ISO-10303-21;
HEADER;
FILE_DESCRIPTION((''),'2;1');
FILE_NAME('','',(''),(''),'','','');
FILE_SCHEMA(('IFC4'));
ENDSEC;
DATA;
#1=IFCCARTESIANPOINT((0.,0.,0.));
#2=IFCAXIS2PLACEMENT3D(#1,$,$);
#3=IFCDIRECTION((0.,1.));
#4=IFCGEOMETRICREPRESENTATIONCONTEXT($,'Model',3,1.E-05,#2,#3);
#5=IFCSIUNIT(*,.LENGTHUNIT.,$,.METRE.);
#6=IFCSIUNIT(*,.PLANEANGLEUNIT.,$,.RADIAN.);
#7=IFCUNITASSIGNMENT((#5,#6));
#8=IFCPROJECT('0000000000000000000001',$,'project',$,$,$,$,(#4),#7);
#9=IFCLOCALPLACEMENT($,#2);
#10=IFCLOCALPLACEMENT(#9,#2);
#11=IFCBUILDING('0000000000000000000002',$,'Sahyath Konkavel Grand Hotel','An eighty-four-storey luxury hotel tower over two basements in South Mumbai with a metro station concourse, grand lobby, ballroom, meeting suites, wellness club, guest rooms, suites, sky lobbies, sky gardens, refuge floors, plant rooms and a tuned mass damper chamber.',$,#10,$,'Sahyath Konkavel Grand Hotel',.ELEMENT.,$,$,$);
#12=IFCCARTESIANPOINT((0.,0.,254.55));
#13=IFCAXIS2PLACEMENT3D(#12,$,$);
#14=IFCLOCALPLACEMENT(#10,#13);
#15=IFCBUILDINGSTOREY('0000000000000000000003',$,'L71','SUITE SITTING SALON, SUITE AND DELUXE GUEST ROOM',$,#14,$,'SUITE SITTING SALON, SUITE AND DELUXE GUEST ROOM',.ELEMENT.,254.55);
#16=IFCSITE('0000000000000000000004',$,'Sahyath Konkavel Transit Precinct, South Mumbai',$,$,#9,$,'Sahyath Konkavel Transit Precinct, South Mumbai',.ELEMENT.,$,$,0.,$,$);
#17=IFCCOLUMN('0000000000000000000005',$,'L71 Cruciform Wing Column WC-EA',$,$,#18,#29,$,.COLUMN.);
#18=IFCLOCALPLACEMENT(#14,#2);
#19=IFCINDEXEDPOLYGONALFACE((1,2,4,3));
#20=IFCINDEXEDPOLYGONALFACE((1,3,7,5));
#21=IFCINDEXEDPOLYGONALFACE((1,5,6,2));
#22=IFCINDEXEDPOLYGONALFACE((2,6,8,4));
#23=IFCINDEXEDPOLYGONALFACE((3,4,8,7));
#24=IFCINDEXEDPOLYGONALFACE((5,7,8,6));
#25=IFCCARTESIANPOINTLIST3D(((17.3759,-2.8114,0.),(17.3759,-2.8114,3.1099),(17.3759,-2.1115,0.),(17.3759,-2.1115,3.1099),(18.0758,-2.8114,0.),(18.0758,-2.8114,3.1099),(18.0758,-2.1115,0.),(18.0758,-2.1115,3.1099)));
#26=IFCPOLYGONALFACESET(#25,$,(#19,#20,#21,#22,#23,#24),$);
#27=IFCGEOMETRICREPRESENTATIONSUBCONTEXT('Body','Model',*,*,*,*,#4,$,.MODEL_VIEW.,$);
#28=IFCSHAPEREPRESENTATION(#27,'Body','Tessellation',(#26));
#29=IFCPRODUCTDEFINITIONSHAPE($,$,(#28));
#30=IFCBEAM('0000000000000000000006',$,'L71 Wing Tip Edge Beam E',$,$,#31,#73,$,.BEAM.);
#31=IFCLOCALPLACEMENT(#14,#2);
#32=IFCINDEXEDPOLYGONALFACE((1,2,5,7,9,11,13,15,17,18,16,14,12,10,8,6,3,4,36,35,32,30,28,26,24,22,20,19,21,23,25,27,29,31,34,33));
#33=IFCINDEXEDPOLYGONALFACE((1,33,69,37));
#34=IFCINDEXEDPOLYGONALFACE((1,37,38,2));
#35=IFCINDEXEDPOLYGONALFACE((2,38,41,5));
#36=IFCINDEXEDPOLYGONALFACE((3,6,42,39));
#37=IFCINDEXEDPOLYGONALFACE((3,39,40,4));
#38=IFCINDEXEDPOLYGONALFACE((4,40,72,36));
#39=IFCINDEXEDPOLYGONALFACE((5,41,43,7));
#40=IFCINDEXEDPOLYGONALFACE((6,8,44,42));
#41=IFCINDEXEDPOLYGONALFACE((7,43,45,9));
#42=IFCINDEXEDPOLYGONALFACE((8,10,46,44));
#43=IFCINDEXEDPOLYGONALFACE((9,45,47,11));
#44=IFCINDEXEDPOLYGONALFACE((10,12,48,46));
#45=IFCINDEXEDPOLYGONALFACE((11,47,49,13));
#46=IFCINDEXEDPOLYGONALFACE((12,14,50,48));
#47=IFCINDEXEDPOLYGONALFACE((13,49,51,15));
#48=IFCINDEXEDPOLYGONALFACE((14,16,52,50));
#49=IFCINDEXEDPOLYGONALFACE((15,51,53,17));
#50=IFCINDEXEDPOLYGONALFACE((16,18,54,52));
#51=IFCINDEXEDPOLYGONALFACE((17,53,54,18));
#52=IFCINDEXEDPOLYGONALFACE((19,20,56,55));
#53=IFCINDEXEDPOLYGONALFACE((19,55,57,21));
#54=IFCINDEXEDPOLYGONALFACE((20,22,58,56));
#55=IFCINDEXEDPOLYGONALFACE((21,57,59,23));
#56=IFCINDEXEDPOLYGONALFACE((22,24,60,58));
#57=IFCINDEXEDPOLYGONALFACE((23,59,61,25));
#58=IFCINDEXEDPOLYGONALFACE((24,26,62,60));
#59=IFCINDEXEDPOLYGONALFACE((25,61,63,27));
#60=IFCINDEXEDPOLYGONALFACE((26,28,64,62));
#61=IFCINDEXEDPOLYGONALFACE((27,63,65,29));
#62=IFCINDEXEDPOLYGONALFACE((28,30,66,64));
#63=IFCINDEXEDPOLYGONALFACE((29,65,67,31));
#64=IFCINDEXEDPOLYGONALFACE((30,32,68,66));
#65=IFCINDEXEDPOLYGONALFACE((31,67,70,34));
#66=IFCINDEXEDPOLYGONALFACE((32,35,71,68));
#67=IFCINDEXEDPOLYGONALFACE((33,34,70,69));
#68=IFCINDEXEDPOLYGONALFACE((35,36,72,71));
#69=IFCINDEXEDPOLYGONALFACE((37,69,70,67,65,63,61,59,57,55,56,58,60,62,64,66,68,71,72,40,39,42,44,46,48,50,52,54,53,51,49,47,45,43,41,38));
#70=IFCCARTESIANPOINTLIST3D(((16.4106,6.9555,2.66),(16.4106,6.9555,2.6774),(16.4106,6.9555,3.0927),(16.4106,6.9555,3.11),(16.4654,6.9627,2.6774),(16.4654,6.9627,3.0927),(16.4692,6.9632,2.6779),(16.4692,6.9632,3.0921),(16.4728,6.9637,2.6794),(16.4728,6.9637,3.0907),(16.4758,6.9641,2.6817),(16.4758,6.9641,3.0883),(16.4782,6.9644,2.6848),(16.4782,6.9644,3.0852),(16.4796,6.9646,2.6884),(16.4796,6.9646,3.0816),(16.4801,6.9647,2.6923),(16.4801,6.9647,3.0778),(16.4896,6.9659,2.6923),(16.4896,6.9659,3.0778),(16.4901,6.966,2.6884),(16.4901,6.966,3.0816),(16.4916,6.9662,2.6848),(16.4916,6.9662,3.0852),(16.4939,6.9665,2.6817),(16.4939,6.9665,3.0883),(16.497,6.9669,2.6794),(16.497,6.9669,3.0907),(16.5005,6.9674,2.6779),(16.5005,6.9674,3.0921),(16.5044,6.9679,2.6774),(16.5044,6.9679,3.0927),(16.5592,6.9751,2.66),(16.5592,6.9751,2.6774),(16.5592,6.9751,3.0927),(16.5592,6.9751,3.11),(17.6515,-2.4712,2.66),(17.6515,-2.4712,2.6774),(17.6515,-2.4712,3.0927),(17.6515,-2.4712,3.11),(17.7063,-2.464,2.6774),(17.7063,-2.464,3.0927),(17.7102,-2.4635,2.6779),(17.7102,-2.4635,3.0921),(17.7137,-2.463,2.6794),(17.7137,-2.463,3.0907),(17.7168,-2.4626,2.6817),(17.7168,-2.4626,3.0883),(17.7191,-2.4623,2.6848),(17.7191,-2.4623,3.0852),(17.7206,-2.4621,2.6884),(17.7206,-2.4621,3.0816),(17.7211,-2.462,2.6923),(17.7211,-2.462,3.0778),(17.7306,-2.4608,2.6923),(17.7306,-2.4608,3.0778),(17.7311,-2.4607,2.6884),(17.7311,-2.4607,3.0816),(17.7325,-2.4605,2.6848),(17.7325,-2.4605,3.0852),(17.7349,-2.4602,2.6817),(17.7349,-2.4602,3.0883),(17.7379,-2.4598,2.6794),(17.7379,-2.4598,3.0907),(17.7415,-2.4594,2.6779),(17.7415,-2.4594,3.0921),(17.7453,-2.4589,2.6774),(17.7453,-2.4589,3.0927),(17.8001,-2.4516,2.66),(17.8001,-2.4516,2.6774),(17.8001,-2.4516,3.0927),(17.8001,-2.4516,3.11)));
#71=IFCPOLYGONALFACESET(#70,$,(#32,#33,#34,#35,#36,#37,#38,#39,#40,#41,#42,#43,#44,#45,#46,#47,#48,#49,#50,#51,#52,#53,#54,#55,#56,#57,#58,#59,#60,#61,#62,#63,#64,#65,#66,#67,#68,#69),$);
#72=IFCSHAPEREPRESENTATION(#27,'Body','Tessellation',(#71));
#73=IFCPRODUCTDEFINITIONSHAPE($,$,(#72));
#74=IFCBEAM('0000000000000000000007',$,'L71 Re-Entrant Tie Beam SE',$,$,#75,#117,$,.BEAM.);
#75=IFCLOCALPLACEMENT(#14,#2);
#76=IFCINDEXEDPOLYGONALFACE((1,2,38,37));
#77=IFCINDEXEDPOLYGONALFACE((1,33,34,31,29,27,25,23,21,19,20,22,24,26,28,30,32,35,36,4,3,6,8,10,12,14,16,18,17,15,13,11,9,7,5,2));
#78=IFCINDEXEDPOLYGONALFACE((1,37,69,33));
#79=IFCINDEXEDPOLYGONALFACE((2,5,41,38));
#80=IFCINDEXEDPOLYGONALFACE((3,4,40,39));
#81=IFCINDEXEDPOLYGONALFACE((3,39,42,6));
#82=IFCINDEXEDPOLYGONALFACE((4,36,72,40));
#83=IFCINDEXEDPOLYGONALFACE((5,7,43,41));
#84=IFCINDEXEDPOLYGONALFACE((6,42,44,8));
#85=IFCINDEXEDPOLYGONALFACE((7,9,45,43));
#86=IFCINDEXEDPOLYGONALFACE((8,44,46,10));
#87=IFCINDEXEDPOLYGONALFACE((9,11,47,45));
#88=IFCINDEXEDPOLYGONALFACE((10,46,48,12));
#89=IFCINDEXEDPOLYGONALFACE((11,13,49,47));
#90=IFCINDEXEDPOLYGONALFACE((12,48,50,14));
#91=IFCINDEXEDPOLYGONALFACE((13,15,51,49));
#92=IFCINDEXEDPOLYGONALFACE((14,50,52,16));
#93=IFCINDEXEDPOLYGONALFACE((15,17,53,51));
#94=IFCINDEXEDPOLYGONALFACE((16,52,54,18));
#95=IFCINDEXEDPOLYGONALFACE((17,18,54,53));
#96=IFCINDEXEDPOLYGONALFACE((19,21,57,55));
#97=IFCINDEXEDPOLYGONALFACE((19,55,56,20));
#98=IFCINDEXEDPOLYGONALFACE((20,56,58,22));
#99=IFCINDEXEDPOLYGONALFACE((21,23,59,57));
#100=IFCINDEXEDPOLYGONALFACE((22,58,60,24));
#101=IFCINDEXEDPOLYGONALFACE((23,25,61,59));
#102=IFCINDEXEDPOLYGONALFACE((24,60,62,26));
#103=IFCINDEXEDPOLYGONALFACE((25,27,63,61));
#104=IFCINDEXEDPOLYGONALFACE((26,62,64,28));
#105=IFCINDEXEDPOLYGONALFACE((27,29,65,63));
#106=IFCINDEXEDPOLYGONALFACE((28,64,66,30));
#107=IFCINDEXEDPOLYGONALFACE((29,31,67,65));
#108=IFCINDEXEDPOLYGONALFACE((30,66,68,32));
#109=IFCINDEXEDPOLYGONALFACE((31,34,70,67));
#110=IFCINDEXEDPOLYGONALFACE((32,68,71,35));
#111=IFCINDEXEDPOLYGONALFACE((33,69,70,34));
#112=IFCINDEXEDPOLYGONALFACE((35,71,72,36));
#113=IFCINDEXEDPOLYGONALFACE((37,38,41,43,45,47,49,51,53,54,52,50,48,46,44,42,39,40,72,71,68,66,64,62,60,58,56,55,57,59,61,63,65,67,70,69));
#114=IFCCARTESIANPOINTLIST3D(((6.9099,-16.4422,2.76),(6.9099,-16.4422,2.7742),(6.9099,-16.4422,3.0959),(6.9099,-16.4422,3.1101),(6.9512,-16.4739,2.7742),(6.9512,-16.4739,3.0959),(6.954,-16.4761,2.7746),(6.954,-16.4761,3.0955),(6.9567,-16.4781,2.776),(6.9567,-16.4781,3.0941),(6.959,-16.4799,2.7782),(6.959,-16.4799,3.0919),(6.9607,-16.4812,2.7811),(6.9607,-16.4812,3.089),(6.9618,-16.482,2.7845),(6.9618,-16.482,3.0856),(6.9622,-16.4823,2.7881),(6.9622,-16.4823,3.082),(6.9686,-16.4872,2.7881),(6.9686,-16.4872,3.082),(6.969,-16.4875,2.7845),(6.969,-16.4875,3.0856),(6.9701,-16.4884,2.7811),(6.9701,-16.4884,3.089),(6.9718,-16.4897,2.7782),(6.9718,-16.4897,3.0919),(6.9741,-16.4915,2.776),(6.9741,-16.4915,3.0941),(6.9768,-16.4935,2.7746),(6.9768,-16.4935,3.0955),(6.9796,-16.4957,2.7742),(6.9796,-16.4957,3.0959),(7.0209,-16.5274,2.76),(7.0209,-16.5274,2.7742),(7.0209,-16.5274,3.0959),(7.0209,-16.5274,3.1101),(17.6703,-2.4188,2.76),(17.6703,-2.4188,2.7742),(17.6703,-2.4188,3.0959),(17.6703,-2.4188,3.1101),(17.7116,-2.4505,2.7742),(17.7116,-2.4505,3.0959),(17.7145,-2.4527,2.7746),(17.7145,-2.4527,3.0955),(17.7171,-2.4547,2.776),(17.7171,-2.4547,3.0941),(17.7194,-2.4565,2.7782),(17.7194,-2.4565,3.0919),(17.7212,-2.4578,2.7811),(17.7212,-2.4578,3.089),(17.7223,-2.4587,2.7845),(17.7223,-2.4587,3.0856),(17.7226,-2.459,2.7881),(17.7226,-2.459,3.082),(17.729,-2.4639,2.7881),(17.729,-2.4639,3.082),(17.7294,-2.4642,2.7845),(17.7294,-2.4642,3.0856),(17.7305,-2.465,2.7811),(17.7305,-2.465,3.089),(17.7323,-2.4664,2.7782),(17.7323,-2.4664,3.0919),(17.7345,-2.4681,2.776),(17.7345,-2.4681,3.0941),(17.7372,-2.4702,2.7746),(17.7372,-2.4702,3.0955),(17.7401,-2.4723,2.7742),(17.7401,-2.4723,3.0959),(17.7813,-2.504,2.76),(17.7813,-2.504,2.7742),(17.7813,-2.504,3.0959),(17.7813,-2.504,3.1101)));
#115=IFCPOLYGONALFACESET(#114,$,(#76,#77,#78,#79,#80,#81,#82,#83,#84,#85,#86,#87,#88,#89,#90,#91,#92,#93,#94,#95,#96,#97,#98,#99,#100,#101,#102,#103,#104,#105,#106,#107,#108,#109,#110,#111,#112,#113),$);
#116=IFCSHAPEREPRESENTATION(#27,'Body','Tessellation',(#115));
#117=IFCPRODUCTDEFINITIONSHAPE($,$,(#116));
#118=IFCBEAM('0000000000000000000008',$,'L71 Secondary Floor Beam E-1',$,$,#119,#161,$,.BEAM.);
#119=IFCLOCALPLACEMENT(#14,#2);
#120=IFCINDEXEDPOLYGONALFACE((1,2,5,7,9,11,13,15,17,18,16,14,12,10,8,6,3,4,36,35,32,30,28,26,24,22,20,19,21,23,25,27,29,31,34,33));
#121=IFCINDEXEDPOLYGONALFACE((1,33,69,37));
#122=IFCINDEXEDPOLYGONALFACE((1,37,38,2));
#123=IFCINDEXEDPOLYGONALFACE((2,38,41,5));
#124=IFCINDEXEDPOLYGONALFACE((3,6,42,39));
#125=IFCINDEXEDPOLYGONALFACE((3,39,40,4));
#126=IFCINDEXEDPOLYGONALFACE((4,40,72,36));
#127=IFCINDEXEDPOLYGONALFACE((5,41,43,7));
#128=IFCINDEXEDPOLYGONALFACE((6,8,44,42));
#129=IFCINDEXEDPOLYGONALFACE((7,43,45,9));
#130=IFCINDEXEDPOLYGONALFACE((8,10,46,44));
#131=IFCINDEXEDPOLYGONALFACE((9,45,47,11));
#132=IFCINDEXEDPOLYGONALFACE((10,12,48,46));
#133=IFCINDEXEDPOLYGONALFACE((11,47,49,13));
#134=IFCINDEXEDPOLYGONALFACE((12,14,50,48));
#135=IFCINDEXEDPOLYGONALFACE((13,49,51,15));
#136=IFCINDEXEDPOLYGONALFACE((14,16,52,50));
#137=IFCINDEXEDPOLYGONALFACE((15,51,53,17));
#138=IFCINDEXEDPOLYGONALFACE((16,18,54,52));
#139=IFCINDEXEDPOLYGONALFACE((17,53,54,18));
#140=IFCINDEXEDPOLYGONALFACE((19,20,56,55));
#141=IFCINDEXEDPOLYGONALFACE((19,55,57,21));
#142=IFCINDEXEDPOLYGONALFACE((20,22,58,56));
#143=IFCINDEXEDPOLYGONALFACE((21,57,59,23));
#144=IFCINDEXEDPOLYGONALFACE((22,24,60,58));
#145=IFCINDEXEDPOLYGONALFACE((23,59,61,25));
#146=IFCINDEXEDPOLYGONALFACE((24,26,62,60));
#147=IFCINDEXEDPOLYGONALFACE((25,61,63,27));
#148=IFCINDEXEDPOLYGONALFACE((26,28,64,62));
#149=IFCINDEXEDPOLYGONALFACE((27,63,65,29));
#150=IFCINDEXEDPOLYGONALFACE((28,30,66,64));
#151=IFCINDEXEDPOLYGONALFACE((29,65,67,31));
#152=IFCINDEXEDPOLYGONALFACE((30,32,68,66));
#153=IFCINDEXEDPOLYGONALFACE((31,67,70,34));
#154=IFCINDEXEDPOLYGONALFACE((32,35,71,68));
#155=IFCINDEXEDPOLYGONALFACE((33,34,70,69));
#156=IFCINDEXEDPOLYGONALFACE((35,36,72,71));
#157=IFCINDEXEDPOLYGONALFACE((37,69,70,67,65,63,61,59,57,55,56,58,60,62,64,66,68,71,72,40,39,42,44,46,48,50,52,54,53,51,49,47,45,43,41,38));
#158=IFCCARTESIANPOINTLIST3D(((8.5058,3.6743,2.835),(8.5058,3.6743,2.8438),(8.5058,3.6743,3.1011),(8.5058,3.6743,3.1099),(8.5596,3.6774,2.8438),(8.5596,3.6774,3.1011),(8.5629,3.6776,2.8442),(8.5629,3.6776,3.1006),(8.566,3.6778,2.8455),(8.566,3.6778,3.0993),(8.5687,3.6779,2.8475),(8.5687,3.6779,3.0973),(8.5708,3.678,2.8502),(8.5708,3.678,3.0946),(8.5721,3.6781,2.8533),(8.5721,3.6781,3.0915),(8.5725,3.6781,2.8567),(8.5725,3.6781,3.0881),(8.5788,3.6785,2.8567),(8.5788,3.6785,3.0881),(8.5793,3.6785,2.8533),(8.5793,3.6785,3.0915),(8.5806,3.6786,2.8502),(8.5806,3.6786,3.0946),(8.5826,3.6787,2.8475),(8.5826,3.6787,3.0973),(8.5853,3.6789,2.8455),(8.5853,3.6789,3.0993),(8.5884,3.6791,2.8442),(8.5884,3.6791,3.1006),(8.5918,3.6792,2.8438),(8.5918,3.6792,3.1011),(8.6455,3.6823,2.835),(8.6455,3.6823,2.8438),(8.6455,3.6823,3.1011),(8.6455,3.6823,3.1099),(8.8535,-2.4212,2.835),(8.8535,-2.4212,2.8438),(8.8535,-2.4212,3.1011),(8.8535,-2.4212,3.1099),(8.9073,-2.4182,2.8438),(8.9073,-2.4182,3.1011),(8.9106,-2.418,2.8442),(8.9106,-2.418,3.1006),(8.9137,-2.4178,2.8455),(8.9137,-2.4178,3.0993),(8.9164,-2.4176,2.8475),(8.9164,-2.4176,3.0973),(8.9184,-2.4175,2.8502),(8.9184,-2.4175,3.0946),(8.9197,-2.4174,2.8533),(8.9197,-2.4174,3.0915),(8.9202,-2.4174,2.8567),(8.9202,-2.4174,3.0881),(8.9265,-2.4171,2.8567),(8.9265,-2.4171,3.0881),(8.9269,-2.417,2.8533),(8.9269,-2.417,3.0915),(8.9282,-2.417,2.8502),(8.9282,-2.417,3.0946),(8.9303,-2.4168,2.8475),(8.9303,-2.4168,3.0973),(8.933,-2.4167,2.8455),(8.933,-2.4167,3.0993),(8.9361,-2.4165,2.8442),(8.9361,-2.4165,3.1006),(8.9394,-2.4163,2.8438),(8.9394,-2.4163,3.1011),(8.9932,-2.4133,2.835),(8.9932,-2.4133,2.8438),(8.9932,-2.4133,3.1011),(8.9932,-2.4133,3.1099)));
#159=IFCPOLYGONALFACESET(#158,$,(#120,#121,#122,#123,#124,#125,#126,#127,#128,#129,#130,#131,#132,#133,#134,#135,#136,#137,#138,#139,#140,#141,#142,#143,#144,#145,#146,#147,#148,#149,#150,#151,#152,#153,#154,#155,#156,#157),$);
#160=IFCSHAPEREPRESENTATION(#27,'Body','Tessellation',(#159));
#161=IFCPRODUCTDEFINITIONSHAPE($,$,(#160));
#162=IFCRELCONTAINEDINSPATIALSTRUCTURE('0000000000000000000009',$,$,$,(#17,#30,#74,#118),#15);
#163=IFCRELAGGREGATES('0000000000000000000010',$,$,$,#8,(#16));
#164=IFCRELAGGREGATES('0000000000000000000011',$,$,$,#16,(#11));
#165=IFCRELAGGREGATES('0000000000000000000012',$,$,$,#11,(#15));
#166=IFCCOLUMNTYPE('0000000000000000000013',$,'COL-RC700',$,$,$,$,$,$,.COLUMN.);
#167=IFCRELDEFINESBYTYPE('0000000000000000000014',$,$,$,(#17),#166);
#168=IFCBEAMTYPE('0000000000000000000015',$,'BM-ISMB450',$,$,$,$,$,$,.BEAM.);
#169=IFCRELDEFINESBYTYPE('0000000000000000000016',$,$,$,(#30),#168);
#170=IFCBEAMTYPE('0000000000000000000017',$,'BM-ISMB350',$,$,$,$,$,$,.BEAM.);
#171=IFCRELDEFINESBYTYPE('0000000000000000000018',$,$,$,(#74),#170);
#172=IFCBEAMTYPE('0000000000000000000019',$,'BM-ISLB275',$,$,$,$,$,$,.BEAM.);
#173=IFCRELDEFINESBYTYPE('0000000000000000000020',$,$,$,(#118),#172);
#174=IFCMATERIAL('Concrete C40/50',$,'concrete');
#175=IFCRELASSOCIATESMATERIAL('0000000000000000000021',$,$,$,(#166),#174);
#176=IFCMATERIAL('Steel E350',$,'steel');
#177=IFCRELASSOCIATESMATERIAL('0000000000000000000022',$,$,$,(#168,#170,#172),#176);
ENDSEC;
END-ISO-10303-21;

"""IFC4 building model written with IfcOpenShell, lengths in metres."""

from ifc_helpers import new_model, si_unit, direction, frame, origin, origin_2d, place, context, subcontext, project, spatial, rectangle, i_section, extrude, source, transform, mapped, material, material_profile, profile_set, type_object, element, save


model = new_model("IFC4")

# Units and contexts
model_context = context("Model", 3, precision=1e-05, world=origin(), true_north=direction((0.0, 1.0)))
body_context = subcontext(model_context, "Body", "Model", "MODEL_VIEW")
ifc_project = project(units=[si_unit("LENGTHUNIT", "METRE"), si_unit("PLANEANGLEUNIT", "RADIAN")], contexts=[model_context])

# Site, building, storey
site_placement = place(None, origin())
site = spatial("IfcSite", under=ifc_project, at=site_placement, Name="Sahyath Konkavel Transit Precinct, South Mumbai", LongName="Sahyath Konkavel Transit Precinct, South Mumbai", CompositionType="ELEMENT", RefElevation=0.0)
building_placement = place(site_placement, origin())
building = spatial("IfcBuilding", under=site, at=building_placement, Name="Sahyath Konkavel Grand Hotel", Description="An eighty-four-storey luxury hotel tower over two basements in South Mumbai with a metro station concourse, grand lobby, ballroom, meeting suites, wellness club, guest rooms, suites, sky lobbies, sky gardens, refuge floors, plant rooms and a tuned mass damper chamber.", LongName="Sahyath Konkavel Grand Hotel", CompositionType="ELEMENT")
storey_placement = place(building_placement, frame((0.0, 0.0, 254.55)))
storey = spatial("IfcBuildingStorey", under=building, at=storey_placement, Name="L71", Description="SUITE SITTING SALON, SUITE AND DELUXE GUEST ROOM", LongName="SUITE SITTING SALON, SUITE AND DELUXE GUEST ROOM", CompositionType="ELEMENT", Elevation=254.55)

# Column
ifc_material_1 = material(Name="Concrete C40/50", Category="concrete")
ifc_material_profile_1 = material_profile(ifc_material_1, rectangle(XDim=0.7, YDim=0.7, at=origin_2d()), Name="RC 700x700")
ifc_profile_set_1 = profile_set([ifc_material_profile_1], Name="Concrete C40/50")
column_type = type_object("IfcColumnType", Name="COL-RC700", PredefinedType="COLUMN", material=ifc_profile_set_1)
shared_shape_1 = source(origin(), body_context, "Body", "SweptSolid", [
    extrude(rectangle(XDim=0.7, YDim=0.7, at=origin_2d()), origin(), (0.0, 0.0, 1.0), 3.1099),
])
column_placement = place(storey_placement, frame((17.7258, -2.4614, 0.0), z_axis=(0.0, 0.0, 1.0), x_axis=(1.0, 0.0, 0.0)))
element("IfcColumn", 1, at=column_placement, inside=storey, type_object=column_type, Name="L71 Cruciform Wing Column WC-EA", PredefinedType="COLUMN", context=body_context, shape_type="MappedRepresentation", body=[
    mapped(shared_shape_1, transform((0.0, 0.0, 0.0), scale=1.0)),
])

# Beams
ifc_material_2 = material(Name="Steel E350", Category="steel")
ifc_material_profile_2 = material_profile(ifc_material_2, i_section(OverallWidth=0.1499, OverallDepth=0.45, WebThickness=0.0095, FlangeThickness=0.0173, FilletRadius=0.0149, at=origin_2d()), Name="ISMB 450")
ifc_profile_set_2 = profile_set([ifc_material_profile_2], Name="Steel E350")
beam_type_1 = type_object("IfcBeamType", Name="BM-ISMB450", PredefinedType="BEAM", material=ifc_profile_set_2)
shared_shape_2 = source(origin(), body_context, "Body", "SweptSolid", [
    extrude(i_section(OverallWidth=0.1499, OverallDepth=0.45, WebThickness=0.0095, FlangeThickness=0.0173, FilletRadius=0.0149, at=origin_2d()), origin(), (0.0, 0.0, 1.0), 9.5081),
])
beam_1_placement = place(storey_placement, frame((17.7258, -2.4614, 2.885), z_axis=(-0.130517, 0.991446, 0.0), x_axis=(-0.991446, -0.130517, 0.0)))
element("IfcBeam", 2, at=beam_1_placement, inside=storey, type_object=beam_type_1, Name="L71 Wing Tip Edge Beam E", PredefinedType="BEAM", context=body_context, shape_type="MappedRepresentation", body=[
    mapped(shared_shape_2, transform((0.0, 0.0, 0.0), scale=1.0)),
])
ifc_material_profile_3 = material_profile(ifc_material_2, i_section(OverallWidth=0.1399, OverallDepth=0.3501, WebThickness=0.0081, FlangeThickness=0.0142, FilletRadius=0.0139, at=origin_2d()), Name="ISMB 350")
ifc_profile_set_3 = profile_set([ifc_material_profile_3], Name="Steel E350")
beam_type_2 = type_object("IfcBeamType", Name="BM-ISMB350", PredefinedType="BEAM", material=ifc_profile_set_3)
shared_shape_3 = source(origin(), body_context, "Body", "SweptSolid", [
    extrude(i_section(OverallWidth=0.1399, OverallDepth=0.3501, WebThickness=0.0081, FlangeThickness=0.0142, FilletRadius=0.0139, at=origin_2d()), origin(), (0.0, 0.0, 1.0), 17.676),
])
beam_2_placement = place(storey_placement, frame((17.7258, -2.4614, 2.9351), z_axis=(-0.608759, -0.793355, 0.0), x_axis=(0.793355, -0.608759, 0.0)))
element("IfcBeam", 3, at=beam_2_placement, inside=storey, type_object=beam_type_2, Name="L71 Re-Entrant Tie Beam SE", PredefinedType="BEAM", context=body_context, shape_type="MappedRepresentation", body=[
    mapped(shared_shape_3, transform((0.0, 0.0, 0.0), scale=1.0)),
])
ifc_material_profile_4 = material_profile(ifc_material_2, i_section(OverallWidth=0.1399, OverallDepth=0.2749, WebThickness=0.0063, FlangeThickness=0.0088, FilletRadius=0.0129, at=origin_2d()), Name="ISLB 275")
ifc_profile_set_4 = profile_set([ifc_material_profile_4], Name="Steel E350")
beam_type_3 = type_object("IfcBeamType", Name="BM-ISLB275", PredefinedType="BEAM", material=ifc_profile_set_4)
shared_shape_4 = source(origin(), body_context, "Body", "SweptSolid", [
    extrude(i_section(OverallWidth=0.1399, OverallDepth=0.2749, WebThickness=0.0063, FlangeThickness=0.0088, FilletRadius=0.0129, at=origin_2d()), origin(), (0.0, 0.0, 1.0), 6.1055),
])
beam_3_placement = place(storey_placement, frame((8.9233, -2.4172, 2.9724), z_axis=(-0.056943, 0.998377, 0.0), x_axis=(-0.998377, -0.056943, 0.0)))
element("IfcBeam", 4, at=beam_3_placement, inside=storey, type_object=beam_type_3, Name="L71 Secondary Floor Beam E-1", PredefinedType="BEAM", context=body_context, shape_type="MappedRepresentation", body=[
    mapped(shared_shape_4, transform((0.0, 0.0, 0.0), scale=1.0)),
])

save(model, "model.ifc")
